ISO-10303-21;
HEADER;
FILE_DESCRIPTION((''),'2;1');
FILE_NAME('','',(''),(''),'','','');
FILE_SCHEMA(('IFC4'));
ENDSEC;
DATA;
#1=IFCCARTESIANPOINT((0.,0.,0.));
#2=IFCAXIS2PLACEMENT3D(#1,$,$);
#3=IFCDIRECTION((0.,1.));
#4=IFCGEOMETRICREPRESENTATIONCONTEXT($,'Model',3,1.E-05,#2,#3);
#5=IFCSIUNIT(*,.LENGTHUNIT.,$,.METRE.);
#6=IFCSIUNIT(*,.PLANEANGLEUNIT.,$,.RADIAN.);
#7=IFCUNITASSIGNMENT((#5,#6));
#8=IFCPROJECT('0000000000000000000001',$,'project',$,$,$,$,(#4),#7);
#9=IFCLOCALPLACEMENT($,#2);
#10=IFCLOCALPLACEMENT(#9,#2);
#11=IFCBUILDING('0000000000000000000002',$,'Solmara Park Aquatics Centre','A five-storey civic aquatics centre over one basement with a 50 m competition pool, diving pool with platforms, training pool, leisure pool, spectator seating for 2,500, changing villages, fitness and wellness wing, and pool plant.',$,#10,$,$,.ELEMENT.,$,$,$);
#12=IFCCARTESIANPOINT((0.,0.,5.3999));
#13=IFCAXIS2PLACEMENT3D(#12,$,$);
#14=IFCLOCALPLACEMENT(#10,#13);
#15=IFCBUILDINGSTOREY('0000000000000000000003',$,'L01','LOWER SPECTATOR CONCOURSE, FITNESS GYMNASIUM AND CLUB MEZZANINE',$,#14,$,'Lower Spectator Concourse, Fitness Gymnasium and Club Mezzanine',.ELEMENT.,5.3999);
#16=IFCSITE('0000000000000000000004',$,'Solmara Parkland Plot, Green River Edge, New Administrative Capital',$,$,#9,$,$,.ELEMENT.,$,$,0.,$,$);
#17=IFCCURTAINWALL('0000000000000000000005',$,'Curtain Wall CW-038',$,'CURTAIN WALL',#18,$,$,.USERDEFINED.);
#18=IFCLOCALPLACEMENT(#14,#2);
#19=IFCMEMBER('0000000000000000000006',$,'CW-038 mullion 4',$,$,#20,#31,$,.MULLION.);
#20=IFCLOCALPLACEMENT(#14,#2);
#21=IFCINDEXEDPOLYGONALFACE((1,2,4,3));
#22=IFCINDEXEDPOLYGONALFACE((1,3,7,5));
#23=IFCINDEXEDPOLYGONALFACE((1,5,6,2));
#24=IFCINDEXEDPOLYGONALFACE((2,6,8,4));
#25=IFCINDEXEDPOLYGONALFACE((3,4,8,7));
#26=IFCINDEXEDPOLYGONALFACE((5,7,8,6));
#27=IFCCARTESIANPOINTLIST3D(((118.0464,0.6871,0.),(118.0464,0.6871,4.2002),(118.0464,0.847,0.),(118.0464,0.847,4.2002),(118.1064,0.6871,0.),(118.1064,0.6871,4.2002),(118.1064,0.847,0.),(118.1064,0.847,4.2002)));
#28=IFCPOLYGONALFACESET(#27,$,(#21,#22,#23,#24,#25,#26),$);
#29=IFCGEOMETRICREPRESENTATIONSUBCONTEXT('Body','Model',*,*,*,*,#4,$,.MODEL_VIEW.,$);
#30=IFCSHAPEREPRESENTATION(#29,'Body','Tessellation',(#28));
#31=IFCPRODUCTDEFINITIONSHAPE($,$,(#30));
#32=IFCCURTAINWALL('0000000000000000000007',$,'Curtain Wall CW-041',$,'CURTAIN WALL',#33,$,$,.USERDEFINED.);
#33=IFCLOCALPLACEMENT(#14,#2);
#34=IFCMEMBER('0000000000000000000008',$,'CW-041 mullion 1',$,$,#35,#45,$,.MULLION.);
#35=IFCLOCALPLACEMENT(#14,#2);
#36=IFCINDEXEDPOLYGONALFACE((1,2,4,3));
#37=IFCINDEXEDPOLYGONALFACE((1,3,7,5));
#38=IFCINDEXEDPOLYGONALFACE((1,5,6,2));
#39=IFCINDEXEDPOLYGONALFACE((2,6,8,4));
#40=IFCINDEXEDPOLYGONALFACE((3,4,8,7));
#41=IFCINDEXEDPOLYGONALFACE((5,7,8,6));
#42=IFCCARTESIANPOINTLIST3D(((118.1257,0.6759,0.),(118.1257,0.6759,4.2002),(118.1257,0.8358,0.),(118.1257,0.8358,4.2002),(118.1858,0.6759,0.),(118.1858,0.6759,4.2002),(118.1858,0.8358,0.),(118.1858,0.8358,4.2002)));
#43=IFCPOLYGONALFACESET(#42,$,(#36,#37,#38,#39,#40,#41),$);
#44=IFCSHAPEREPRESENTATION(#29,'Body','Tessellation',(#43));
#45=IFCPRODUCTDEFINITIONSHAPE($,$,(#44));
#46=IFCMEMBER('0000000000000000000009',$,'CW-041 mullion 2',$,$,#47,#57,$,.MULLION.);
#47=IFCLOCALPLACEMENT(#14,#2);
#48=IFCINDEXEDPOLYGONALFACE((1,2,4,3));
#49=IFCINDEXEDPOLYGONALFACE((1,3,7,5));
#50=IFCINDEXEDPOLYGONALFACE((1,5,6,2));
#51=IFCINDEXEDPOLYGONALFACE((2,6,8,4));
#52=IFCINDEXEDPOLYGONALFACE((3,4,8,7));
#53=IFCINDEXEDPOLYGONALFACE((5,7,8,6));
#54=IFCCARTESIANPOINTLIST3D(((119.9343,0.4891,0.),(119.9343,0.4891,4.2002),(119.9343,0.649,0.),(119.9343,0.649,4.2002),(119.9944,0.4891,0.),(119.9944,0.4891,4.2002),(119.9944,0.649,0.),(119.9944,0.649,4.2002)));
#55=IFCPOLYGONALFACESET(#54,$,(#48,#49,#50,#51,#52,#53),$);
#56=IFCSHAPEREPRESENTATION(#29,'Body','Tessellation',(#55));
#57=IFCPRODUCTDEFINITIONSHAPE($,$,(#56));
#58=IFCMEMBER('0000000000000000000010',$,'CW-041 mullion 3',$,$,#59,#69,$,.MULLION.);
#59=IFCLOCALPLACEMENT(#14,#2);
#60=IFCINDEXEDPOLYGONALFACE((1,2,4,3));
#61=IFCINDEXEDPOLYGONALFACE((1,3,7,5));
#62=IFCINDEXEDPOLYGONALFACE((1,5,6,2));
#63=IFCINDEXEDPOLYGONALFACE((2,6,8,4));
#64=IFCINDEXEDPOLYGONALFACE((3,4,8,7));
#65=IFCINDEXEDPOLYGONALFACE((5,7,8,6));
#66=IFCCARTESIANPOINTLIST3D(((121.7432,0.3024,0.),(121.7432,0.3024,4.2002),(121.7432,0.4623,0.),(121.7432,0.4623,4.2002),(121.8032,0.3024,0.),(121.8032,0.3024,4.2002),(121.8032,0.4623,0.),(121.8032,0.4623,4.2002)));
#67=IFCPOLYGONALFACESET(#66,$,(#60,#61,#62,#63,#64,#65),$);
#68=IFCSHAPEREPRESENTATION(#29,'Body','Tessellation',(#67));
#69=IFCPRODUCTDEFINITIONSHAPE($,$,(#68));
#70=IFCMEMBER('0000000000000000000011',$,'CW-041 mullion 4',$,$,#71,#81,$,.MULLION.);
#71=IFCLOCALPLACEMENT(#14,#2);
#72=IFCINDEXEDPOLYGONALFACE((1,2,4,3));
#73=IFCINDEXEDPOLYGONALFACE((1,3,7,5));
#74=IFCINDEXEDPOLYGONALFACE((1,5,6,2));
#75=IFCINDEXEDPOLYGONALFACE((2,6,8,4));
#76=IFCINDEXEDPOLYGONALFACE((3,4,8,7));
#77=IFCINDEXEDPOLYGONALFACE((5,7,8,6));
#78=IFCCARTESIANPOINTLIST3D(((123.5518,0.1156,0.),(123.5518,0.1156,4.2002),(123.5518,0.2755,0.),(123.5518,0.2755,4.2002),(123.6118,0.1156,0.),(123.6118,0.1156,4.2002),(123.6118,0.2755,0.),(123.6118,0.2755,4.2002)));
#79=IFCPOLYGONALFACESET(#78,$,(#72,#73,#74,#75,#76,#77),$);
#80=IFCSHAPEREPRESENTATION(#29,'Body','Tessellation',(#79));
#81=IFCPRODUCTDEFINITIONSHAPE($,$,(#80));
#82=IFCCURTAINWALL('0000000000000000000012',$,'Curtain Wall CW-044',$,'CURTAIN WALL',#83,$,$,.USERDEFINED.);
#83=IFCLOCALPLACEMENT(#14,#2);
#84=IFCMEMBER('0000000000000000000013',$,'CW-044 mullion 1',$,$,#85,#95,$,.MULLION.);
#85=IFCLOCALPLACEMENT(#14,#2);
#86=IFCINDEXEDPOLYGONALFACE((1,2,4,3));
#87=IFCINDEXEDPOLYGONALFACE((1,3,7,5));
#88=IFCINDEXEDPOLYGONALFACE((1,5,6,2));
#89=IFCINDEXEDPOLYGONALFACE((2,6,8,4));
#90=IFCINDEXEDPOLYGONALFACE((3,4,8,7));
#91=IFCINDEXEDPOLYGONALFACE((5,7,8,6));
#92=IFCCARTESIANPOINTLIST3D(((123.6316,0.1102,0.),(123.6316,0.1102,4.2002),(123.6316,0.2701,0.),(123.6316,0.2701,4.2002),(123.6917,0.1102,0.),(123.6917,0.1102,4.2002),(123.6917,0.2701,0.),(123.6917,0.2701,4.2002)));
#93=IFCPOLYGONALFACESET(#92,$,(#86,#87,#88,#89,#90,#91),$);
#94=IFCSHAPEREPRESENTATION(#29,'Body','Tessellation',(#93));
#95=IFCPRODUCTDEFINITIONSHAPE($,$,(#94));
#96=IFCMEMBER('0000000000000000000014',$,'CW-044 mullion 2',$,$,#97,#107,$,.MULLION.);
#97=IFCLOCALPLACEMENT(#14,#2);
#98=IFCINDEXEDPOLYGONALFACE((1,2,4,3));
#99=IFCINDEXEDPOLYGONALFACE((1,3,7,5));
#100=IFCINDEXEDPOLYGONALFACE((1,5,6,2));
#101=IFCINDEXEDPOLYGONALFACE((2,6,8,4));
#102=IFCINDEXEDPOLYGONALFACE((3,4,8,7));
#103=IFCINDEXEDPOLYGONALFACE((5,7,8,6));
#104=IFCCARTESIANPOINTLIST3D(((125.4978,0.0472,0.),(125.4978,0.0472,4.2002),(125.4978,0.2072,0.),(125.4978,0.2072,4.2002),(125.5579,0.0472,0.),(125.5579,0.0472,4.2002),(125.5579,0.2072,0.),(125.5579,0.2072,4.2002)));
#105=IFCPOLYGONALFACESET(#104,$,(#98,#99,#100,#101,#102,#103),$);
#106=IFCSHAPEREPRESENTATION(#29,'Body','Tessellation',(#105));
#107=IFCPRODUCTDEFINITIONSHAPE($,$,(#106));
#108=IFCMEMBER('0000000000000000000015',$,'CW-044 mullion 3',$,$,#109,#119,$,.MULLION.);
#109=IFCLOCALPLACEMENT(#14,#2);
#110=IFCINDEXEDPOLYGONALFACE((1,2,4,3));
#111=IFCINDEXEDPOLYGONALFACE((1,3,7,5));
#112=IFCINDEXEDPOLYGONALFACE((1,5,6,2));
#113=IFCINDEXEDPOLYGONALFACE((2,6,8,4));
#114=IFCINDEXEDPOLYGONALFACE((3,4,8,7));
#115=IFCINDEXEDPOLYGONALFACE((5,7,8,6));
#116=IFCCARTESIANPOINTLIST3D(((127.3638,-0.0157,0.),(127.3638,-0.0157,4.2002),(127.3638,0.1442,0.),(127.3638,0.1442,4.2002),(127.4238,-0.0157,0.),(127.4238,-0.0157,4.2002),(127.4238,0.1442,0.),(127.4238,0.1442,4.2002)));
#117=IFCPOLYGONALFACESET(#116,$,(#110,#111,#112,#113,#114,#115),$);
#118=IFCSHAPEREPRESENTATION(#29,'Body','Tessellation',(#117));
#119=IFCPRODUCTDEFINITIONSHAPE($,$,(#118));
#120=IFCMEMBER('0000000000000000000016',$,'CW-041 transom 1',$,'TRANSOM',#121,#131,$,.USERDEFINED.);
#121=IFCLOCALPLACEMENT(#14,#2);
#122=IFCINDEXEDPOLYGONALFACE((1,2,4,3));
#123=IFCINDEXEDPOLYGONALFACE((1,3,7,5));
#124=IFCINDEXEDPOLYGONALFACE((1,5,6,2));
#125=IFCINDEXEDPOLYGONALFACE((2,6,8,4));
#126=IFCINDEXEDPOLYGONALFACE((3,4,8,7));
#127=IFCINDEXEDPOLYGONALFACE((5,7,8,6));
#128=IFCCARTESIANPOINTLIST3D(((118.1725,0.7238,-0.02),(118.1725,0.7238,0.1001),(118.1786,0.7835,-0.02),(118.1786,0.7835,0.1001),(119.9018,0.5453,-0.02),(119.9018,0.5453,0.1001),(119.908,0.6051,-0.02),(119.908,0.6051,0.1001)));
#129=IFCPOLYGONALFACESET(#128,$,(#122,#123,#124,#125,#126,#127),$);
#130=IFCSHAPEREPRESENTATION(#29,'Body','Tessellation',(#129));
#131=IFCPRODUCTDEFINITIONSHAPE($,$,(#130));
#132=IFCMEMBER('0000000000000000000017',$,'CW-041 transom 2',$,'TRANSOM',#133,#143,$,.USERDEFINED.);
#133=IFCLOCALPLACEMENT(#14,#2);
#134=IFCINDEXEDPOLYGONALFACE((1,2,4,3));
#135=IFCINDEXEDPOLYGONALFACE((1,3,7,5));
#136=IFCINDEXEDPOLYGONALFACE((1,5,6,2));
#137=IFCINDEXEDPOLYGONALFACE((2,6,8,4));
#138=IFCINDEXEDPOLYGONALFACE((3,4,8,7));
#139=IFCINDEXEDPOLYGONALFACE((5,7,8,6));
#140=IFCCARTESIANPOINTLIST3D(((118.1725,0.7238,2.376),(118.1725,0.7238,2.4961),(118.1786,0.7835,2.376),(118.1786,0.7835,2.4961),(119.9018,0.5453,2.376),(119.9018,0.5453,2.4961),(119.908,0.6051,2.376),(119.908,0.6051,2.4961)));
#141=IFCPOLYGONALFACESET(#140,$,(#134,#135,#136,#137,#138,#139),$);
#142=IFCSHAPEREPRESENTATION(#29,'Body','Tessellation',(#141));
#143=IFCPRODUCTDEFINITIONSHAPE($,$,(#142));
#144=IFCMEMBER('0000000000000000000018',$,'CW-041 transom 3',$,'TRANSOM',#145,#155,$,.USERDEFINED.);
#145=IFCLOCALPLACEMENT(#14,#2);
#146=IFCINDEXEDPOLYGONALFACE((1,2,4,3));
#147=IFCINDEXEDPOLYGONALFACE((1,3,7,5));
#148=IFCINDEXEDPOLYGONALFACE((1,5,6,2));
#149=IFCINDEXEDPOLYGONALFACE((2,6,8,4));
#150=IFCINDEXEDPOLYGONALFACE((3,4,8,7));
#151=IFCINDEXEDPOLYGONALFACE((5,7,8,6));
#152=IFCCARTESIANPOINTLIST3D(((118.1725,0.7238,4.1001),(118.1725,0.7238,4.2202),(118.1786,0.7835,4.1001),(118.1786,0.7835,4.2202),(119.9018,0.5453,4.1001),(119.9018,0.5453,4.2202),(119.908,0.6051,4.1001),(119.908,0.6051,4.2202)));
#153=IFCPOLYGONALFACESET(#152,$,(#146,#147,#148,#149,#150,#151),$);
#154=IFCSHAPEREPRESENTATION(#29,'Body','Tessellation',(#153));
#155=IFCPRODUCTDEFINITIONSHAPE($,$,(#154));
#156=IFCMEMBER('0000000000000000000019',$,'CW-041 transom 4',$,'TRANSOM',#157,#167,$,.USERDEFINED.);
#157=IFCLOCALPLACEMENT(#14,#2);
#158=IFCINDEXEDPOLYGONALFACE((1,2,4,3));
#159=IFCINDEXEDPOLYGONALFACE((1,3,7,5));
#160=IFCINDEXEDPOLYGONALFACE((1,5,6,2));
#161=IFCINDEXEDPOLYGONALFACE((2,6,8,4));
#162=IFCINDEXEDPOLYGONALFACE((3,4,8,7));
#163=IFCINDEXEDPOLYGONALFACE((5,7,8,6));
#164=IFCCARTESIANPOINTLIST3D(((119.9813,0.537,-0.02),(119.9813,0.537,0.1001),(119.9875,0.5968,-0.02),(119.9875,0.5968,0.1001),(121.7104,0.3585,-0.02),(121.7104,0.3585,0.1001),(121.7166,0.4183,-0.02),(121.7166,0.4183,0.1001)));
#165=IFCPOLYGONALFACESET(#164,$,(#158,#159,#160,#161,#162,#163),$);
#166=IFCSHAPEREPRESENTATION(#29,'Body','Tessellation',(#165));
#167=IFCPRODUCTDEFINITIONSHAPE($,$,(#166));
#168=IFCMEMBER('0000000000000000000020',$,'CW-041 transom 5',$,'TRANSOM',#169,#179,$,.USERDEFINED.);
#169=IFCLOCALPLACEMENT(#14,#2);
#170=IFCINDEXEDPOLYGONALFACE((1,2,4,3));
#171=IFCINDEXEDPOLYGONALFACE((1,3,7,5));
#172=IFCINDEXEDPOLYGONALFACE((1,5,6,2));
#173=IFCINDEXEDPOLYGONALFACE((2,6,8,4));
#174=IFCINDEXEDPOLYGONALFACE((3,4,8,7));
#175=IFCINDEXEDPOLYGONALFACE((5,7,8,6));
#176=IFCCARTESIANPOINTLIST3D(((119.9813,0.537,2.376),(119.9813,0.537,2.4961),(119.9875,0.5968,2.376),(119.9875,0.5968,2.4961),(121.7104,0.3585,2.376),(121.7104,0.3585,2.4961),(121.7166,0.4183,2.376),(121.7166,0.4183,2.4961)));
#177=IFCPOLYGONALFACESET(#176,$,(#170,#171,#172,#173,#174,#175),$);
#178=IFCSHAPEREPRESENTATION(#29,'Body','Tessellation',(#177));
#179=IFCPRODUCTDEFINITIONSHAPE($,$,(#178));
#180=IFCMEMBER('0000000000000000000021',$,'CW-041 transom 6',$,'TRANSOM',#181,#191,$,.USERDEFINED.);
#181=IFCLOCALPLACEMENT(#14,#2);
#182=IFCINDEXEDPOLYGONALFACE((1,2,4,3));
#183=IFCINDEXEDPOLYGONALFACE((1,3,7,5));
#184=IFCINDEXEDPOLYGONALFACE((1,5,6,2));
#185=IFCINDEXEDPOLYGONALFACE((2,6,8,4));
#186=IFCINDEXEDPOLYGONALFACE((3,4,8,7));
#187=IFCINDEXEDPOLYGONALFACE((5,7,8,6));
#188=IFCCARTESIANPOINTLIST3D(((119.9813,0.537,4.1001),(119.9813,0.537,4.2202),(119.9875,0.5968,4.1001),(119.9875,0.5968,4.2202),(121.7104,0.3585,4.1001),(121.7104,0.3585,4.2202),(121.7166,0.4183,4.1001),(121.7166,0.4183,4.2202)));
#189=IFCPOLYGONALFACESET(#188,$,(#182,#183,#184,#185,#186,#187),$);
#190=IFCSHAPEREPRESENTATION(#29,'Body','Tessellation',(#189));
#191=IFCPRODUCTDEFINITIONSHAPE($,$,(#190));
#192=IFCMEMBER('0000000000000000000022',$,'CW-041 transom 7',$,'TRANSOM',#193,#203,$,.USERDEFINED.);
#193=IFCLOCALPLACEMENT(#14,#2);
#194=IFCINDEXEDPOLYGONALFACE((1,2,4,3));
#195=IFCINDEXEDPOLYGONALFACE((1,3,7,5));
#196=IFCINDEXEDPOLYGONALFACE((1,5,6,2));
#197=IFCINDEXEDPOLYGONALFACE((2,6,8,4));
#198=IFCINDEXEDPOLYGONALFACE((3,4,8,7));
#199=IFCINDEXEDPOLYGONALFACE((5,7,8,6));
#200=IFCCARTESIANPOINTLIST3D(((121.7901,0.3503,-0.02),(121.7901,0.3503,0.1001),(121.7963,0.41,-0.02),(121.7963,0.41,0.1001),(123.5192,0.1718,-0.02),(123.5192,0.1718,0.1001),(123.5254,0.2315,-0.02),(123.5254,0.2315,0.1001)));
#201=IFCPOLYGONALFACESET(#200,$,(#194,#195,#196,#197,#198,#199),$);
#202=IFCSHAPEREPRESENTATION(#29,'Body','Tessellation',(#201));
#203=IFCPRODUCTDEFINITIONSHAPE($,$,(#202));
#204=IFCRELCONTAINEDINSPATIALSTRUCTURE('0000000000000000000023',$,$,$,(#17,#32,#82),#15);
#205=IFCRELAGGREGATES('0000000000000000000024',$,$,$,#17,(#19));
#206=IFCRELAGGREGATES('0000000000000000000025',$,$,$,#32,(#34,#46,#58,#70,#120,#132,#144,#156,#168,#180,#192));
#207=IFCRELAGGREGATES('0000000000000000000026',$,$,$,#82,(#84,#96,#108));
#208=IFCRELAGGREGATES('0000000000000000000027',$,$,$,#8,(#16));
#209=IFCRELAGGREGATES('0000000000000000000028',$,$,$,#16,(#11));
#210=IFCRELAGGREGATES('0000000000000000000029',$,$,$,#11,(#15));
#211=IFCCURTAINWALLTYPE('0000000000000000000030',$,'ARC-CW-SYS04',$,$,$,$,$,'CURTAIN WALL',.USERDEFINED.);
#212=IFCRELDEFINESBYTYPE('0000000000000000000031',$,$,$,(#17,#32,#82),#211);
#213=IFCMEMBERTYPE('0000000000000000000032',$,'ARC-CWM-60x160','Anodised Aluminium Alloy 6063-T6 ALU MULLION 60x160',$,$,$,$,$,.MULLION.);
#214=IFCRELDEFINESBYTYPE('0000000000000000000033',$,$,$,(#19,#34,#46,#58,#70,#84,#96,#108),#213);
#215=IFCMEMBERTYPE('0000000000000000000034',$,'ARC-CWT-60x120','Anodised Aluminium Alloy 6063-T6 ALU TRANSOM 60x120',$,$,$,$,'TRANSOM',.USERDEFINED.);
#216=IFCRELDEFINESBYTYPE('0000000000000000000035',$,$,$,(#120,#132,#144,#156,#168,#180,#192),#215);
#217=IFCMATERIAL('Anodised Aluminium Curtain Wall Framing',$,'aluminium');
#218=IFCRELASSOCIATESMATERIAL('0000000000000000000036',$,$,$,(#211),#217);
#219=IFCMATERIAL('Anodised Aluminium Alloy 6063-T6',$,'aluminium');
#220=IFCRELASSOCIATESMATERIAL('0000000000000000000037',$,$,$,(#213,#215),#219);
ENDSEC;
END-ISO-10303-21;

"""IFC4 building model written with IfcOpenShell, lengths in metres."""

from ifc_helpers import new_model, si_unit, direction, frame, origin, origin_2d, place, context, subcontext, project, spatial, rectangle, extrude, material, material_profile, profile_set, type_object, element, aggregate, save


model = new_model("IFC4")

# Units and contexts
model_context = context("Model", 3, precision=1e-05, world=origin(), true_north=direction((0.0, 1.0)))
body_context = subcontext(model_context, "Body", "Model", "MODEL_VIEW")
ifc_project = project(units=[si_unit("LENGTHUNIT", "METRE"), si_unit("PLANEANGLEUNIT", "RADIAN")], contexts=[model_context])

# Site, building, storey
site_placement = place(None, origin())
site = spatial("IfcSite", under=ifc_project, at=site_placement, Name="Solmara Parkland Plot, Green River Edge, New Administrative Capital", CompositionType="ELEMENT", RefElevation=0.0)
building_placement = place(site_placement, origin())
building = spatial("IfcBuilding", under=site, at=building_placement, Name="Solmara Park Aquatics Centre", Description="A five-storey civic aquatics centre over one basement with a 50 m competition pool, diving pool with platforms, training pool, leisure pool, spectator seating for 2,500, changing villages, fitness and wellness wing, and pool plant.", CompositionType="ELEMENT")
storey_placement = place(building_placement, frame((0.0, 0.0, 5.3999)))
storey = spatial("IfcBuildingStorey", under=building, at=storey_placement, Name="L01", Description="LOWER SPECTATOR CONCOURSE, FITNESS GYMNASIUM AND CLUB MEZZANINE", LongName="Lower Spectator Concourse, Fitness Gymnasium and Club Mezzanine", CompositionType="ELEMENT", Elevation=5.3999)

# Curtain wall, member
ifc_material_1 = material(Name="Anodised Aluminium Curtain Wall Framing", Category="aluminium")
curtain_wall_type = type_object("IfcCurtainWallType", Name="ARC-CW-SYS04", ElementType="CURTAIN WALL", PredefinedType="USERDEFINED", material=ifc_material_1)
curtain_wall_1_placement = place(storey_placement, origin())
curtain_wall_1 = element("IfcCurtainWall", 1, at=curtain_wall_1_placement, inside=storey, type_object=curtain_wall_type, Name="Curtain Wall CW-038", ObjectType="CURTAIN WALL", PredefinedType="USERDEFINED")
ifc_material_2 = material(Name="Anodised Aluminium Alloy 6063-T6", Category="aluminium")
ifc_material_profile_1 = material_profile(ifc_material_2, rectangle(XDim=0.0601, YDim=0.1599, at=origin_2d()), Name="ALU MULLION 60x160")
ifc_profile_set_1 = profile_set([ifc_material_profile_1], Name="Anodised Aluminium Alloy 6063-T6")
member_type_1 = type_object("IfcMemberType", Name="ARC-CWM-60x160", Description="Anodised Aluminium Alloy 6063-T6 ALU MULLION 60x160", PredefinedType="MULLION", material=ifc_profile_set_1)
member_1_placement = place(storey_placement, frame((118.0764, 0.7671, 0.0), z_axis=(0.0, 0.0, 1.0), x_axis=(1.0, 0.0, 0.0)))
member_1 = element("IfcMember", 2, at=member_1_placement, type_object=member_type_1, Name="CW-038 mullion 4", PredefinedType="MULLION", context=body_context, shape_type="SweptSolid", body=[
    extrude(rectangle(XDim=0.0601, YDim=0.1599, at=origin_2d()), origin(), (0.0, 0.0, 1.0), 4.2002),
])
aggregate(curtain_wall_1, [member_1])

# Curtain walls, members
curtain_wall_2_placement = place(storey_placement, origin())
curtain_wall_2 = element("IfcCurtainWall", 3, at=curtain_wall_2_placement, inside=storey, type_object=curtain_wall_type, Name="Curtain Wall CW-041", ObjectType="CURTAIN WALL", PredefinedType="USERDEFINED")
member_2_placement = place(storey_placement, frame((118.1558, 0.7559, 0.0), z_axis=(0.0, 0.0, 1.0), x_axis=(1.0, 0.0, 0.0)))
member_2 = element("IfcMember", 4, at=member_2_placement, type_object=member_type_1, Name="CW-041 mullion 1", PredefinedType="MULLION", context=body_context, shape_type="SweptSolid", body=[
    extrude(rectangle(XDim=0.0601, YDim=0.1599, at=origin_2d()), origin(), (0.0, 0.0, 1.0), 4.2002),
])
member_3_placement = place(storey_placement, frame((119.9644, 0.5691, 0.0), z_axis=(0.0, 0.0, 1.0), x_axis=(1.0, 0.0, 0.0)))
member_3 = element("IfcMember", 5, at=member_3_placement, type_object=member_type_1, Name="CW-041 mullion 2", PredefinedType="MULLION", context=body_context, shape_type="SweptSolid", body=[
    extrude(rectangle(XDim=0.0601, YDim=0.1599, at=origin_2d()), origin(), (0.0, 0.0, 1.0), 4.2002),
])
member_4_placement = place(storey_placement, frame((121.7732, 0.3823, 0.0), z_axis=(0.0, 0.0, 1.0), x_axis=(1.0, 0.0, 0.0)))
member_4 = element("IfcMember", 6, at=member_4_placement, type_object=member_type_1, Name="CW-041 mullion 3", PredefinedType="MULLION", context=body_context, shape_type="SweptSolid", body=[
    extrude(rectangle(XDim=0.0601, YDim=0.1599, at=origin_2d()), origin(), (0.0, 0.0, 1.0), 4.2002),
])
member_5_placement = place(storey_placement, frame((123.5818, 0.1956, 0.0), z_axis=(0.0, 0.0, 1.0), x_axis=(1.0, 0.0, 0.0)))
member_5 = element("IfcMember", 7, at=member_5_placement, type_object=member_type_1, Name="CW-041 mullion 4", PredefinedType="MULLION", context=body_context, shape_type="SweptSolid", body=[
    extrude(rectangle(XDim=0.0601, YDim=0.1599, at=origin_2d()), origin(), (0.0, 0.0, 1.0), 4.2002),
])
curtain_wall_3_placement = place(storey_placement, origin())
curtain_wall_3 = element("IfcCurtainWall", 8, at=curtain_wall_3_placement, inside=storey, type_object=curtain_wall_type, Name="Curtain Wall CW-044", ObjectType="CURTAIN WALL", PredefinedType="USERDEFINED")
member_6_placement = place(storey_placement, frame((123.6616, 0.1902, 0.0), z_axis=(0.0, 0.0, 1.0), x_axis=(1.0, 0.0, 0.0)))
member_6 = element("IfcMember", 9, at=member_6_placement, type_object=member_type_1, Name="CW-044 mullion 1", PredefinedType="MULLION", context=body_context, shape_type="SweptSolid", body=[
    extrude(rectangle(XDim=0.0601, YDim=0.1599, at=origin_2d()), origin(), (0.0, 0.0, 1.0), 4.2002),
])
member_7_placement = place(storey_placement, frame((125.5278, 0.1272, 0.0), z_axis=(0.0, 0.0, 1.0), x_axis=(1.0, 0.0, 0.0)))
member_7 = element("IfcMember", 10, at=member_7_placement, type_object=member_type_1, Name="CW-044 mullion 2", PredefinedType="MULLION", context=body_context, shape_type="SweptSolid", body=[
    extrude(rectangle(XDim=0.0601, YDim=0.1599, at=origin_2d()), origin(), (0.0, 0.0, 1.0), 4.2002),
])
member_8_placement = place(storey_placement, frame((127.3938, 0.0642, 0.0), z_axis=(0.0, 0.0, 1.0), x_axis=(1.0, 0.0, 0.0)))
member_8 = element("IfcMember", 11, at=member_8_placement, type_object=member_type_1, Name="CW-044 mullion 3", PredefinedType="MULLION", context=body_context, shape_type="SweptSolid", body=[
    extrude(rectangle(XDim=0.0601, YDim=0.1599, at=origin_2d()), origin(), (0.0, 0.0, 1.0), 4.2002),
])

# Members
ifc_material_profile_2 = material_profile(ifc_material_2, rectangle(XDim=0.0601, YDim=0.1201, at=origin_2d()), Name="ALU TRANSOM 60x120")
ifc_profile_set_2 = profile_set([ifc_material_profile_2], Name="Anodised Aluminium Alloy 6063-T6")
member_type_2 = type_object("IfcMemberType", Name="ARC-CWT-60x120", Description="Anodised Aluminium Alloy 6063-T6 ALU TRANSOM 60x120", ElementType="TRANSOM", PredefinedType="USERDEFINED", material=ifc_profile_set_2)
member_9_placement = place(storey_placement, frame((118.1755, 0.7537, 0.04), z_axis=(0.994717, -0.10266, 0.0), x_axis=(0.10266, 0.994717, 0.0)))
member_9 = element("IfcMember", 12, at=member_9_placement, type_object=member_type_2, Name="CW-041 transom 1", ObjectType="TRANSOM", PredefinedType="USERDEFINED", context=body_context, shape_type="SweptSolid", body=[
    extrude(rectangle(XDim=0.0601, YDim=0.1201, at=origin_2d()), origin(), (0.0, 0.0, 1.0), 1.7385),
])
member_10_placement = place(storey_placement, frame((118.1755, 0.7537, 2.436), z_axis=(0.994717, -0.10266, 0.0), x_axis=(0.10266, 0.994717, 0.0)))
member_10 = element("IfcMember", 13, at=member_10_placement, type_object=member_type_2, Name="CW-041 transom 2", ObjectType="TRANSOM", PredefinedType="USERDEFINED", context=body_context, shape_type="SweptSolid", body=[
    extrude(rectangle(XDim=0.0601, YDim=0.1201, at=origin_2d()), origin(), (0.0, 0.0, 1.0), 1.7385),
])
member_11_placement = place(storey_placement, frame((118.1755, 0.7537, 4.1602), z_axis=(0.994717, -0.10266, 0.0), x_axis=(0.10266, 0.994717, 0.0)))
member_11 = element("IfcMember", 14, at=member_11_placement, type_object=member_type_2, Name="CW-041 transom 3", ObjectType="TRANSOM", PredefinedType="USERDEFINED", context=body_context, shape_type="SweptSolid", body=[
    extrude(rectangle(XDim=0.0601, YDim=0.1201, at=origin_2d()), origin(), (0.0, 0.0, 1.0), 1.7385),
])
member_12_placement = place(storey_placement, frame((119.9844, 0.5669, 0.04), z_axis=(0.994715, -0.102674, 0.0), x_axis=(0.102674, 0.994715, 0.0)))
member_12 = element("IfcMember", 15, at=member_12_placement, type_object=member_type_2, Name="CW-041 transom 4", ObjectType="TRANSOM", PredefinedType="USERDEFINED", context=body_context, shape_type="SweptSolid", body=[
    extrude(rectangle(XDim=0.0601, YDim=0.1201, at=origin_2d()), origin(), (0.0, 0.0, 1.0), 1.7383),
])
member_13_placement = place(storey_placement, frame((119.9844, 0.5669, 2.436), z_axis=(0.994715, -0.102674, 0.0), x_axis=(0.102674, 0.994715, 0.0)))
member_13 = element("IfcMember", 16, at=member_13_placement, type_object=member_type_2, Name="CW-041 transom 5", ObjectType="TRANSOM", PredefinedType="USERDEFINED", context=body_context, shape_type="SweptSolid", body=[
    extrude(rectangle(XDim=0.0601, YDim=0.1201, at=origin_2d()), origin(), (0.0, 0.0, 1.0), 1.7383),
])
member_14_placement = place(storey_placement, frame((119.9844, 0.5669, 4.1602), z_axis=(0.994715, -0.102674, 0.0), x_axis=(0.102674, 0.994715, 0.0)))
member_14 = element("IfcMember", 17, at=member_14_placement, type_object=member_type_2, Name="CW-041 transom 6", ObjectType="TRANSOM", PredefinedType="USERDEFINED", context=body_context, shape_type="SweptSolid", body=[
    extrude(rectangle(XDim=0.0601, YDim=0.1201, at=origin_2d()), origin(), (0.0, 0.0, 1.0), 1.7383),
])
member_15_placement = place(storey_placement, frame((121.7932, 0.3801, 0.04), z_axis=(0.994715, -0.102674, 0.0), x_axis=(0.102674, 0.994715, 0.0)))
member_15 = element("IfcMember", 18, at=member_15_placement, type_object=member_type_2, Name="CW-041 transom 7", ObjectType="TRANSOM", PredefinedType="USERDEFINED", context=body_context, shape_type="SweptSolid", body=[
    extrude(rectangle(XDim=0.0601, YDim=0.1201, at=origin_2d()), origin(), (0.0, 0.0, 1.0), 1.7383),
])

aggregate(curtain_wall_2, [member_2, member_3, member_4, member_5, member_9, member_10, member_11, member_12, member_13, member_14, member_15])
aggregate(curtain_wall_3, [member_6, member_7, member_8])

save(model, "model.ifc")
